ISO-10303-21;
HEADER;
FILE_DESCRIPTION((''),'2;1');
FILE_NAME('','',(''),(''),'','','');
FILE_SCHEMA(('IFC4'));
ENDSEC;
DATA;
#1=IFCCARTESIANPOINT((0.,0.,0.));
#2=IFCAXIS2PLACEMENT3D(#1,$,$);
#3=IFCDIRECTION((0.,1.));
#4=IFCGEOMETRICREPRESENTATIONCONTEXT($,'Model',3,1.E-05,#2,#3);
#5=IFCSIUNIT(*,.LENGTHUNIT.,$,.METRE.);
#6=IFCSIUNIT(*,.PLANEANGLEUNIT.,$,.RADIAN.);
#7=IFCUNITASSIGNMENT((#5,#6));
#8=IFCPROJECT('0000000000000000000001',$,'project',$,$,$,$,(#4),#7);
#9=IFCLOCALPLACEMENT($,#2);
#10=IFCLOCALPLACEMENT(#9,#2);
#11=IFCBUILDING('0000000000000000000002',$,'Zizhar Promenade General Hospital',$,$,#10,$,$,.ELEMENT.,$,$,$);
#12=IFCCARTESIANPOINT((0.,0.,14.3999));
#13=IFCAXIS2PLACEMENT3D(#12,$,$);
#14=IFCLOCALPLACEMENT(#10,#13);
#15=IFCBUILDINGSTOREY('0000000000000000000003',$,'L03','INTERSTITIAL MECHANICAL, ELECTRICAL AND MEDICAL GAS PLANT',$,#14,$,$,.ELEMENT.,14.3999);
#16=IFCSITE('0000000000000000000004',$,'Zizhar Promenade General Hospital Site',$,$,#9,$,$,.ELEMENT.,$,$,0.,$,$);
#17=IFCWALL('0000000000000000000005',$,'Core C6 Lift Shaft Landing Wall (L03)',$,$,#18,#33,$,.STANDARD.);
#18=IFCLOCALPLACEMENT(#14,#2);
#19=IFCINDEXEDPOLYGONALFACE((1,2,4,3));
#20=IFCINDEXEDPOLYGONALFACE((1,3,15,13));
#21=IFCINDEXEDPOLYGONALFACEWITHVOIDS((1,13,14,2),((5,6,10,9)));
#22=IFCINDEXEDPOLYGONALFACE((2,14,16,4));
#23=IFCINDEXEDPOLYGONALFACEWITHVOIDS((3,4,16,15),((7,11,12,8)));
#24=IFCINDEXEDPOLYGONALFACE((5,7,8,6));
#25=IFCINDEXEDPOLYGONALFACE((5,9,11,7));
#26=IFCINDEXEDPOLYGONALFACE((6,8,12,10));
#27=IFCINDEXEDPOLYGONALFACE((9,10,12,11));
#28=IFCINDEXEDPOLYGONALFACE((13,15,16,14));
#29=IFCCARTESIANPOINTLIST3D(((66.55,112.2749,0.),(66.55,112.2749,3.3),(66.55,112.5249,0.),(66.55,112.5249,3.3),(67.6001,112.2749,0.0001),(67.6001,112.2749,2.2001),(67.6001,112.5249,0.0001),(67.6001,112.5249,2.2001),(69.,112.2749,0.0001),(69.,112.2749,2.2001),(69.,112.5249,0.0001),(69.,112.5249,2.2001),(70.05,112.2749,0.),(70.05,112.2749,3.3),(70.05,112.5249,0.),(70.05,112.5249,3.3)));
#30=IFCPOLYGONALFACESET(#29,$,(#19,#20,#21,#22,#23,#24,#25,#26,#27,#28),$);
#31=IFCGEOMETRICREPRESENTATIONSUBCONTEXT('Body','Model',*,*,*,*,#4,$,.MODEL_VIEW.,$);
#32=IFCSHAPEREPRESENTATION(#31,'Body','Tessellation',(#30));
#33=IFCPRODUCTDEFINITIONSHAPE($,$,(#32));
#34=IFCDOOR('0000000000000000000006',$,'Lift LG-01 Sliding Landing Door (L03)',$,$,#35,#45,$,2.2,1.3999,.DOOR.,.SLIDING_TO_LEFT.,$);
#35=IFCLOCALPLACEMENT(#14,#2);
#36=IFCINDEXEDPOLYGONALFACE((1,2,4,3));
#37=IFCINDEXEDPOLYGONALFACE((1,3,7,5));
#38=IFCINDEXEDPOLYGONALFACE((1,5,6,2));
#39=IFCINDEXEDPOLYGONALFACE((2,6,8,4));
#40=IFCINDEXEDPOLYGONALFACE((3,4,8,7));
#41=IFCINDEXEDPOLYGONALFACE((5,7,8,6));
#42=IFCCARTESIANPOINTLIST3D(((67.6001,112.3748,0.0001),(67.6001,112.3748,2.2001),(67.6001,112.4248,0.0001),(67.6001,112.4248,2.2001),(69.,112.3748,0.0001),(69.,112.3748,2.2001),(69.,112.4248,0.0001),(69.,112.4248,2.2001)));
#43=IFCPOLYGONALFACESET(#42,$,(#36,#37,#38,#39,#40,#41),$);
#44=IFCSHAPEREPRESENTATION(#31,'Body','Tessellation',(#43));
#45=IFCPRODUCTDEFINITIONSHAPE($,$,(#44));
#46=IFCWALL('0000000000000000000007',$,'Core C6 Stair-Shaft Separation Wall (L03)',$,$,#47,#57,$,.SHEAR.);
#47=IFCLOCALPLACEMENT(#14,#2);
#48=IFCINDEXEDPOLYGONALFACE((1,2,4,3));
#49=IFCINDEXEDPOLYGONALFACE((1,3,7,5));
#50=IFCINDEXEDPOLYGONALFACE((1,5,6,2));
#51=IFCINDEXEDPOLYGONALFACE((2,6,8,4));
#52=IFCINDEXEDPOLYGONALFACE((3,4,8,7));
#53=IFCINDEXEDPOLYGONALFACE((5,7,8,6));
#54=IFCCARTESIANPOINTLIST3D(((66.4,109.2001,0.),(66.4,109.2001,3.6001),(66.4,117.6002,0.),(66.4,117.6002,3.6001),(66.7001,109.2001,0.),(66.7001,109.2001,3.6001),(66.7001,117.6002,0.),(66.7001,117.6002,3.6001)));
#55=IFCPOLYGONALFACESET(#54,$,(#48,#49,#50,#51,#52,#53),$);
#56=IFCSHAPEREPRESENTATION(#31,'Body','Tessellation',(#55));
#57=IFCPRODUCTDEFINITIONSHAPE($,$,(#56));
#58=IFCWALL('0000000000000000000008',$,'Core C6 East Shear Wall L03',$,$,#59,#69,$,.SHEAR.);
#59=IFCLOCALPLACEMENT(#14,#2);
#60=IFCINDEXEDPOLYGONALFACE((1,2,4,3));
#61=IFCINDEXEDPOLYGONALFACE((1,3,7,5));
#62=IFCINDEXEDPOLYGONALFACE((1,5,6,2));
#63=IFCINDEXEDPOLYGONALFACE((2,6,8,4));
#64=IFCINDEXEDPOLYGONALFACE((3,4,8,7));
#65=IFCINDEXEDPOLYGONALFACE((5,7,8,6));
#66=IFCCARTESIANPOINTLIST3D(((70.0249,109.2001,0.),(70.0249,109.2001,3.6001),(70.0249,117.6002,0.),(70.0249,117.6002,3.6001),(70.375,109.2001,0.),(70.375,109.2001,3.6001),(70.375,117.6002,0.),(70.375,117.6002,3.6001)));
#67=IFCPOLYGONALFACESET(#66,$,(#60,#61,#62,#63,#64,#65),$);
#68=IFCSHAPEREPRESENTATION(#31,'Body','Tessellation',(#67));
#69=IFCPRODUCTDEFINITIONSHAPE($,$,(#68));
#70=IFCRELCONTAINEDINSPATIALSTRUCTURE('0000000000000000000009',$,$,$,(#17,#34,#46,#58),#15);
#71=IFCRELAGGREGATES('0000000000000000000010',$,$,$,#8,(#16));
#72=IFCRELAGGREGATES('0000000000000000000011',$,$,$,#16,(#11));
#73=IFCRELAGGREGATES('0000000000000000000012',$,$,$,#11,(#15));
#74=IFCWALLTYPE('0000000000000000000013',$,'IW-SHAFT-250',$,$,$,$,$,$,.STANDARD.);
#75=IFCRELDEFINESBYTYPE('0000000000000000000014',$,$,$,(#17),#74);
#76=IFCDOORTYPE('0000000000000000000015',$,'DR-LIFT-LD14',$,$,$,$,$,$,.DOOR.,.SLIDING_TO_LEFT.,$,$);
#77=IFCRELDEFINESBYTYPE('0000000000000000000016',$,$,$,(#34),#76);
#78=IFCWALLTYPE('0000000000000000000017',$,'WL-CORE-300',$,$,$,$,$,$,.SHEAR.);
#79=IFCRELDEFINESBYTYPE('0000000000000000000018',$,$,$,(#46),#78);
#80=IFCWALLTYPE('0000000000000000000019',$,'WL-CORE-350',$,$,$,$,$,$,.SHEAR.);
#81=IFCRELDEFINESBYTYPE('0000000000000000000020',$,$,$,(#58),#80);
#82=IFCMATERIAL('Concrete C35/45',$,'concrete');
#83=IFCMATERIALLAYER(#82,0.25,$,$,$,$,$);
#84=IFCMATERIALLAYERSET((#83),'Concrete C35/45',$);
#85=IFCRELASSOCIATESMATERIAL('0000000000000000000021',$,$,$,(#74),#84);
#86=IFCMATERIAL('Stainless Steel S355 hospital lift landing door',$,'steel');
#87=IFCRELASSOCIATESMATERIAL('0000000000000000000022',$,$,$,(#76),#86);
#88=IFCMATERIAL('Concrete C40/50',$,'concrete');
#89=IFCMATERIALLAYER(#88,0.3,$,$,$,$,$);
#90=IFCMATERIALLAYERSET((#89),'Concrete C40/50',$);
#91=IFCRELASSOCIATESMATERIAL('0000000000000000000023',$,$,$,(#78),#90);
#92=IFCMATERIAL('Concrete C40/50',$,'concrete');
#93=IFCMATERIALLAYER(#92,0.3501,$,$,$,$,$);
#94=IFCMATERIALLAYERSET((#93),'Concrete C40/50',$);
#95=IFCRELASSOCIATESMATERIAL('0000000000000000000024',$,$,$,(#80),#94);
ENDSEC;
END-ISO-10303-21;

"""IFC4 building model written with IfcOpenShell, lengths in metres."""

from ifc_helpers import new_model, si_unit, direction, frame, frame_2d, origin, place, context, subcontext, project, spatial, rectangle, extrude, material, layer, layer_set, type_object, element, fill, save


model = new_model("IFC4")

# Units and contexts
model_context = context("Model", 3, precision=1e-05, world=origin(), true_north=direction((0.0, 1.0)))
body_context = subcontext(model_context, "Body", "Model", "MODEL_VIEW")
ifc_project = project(units=[si_unit("LENGTHUNIT", "METRE"), si_unit("PLANEANGLEUNIT", "RADIAN")], contexts=[model_context])

# Site, building, storey
site_placement = place(None, origin())
site = spatial("IfcSite", under=ifc_project, at=site_placement, Name="Zizhar Promenade General Hospital Site", CompositionType="ELEMENT", RefElevation=0.0)
building_placement = place(site_placement, origin())
building = spatial("IfcBuilding", under=site, at=building_placement, Name="Zizhar Promenade General Hospital", CompositionType="ELEMENT")
storey_placement = place(building_placement, frame((0.0, 0.0, 14.3999)))
storey = spatial("IfcBuildingStorey", under=building, at=storey_placement, Name="L03", Description="INTERSTITIAL MECHANICAL, ELECTRICAL AND MEDICAL GAS PLANT", CompositionType="ELEMENT", Elevation=14.3999)

# Wall, opening, door
ifc_material_1 = material(Name="Concrete C35/45", Category="concrete")
ifc_layer_1 = layer(ifc_material_1, 0.25)
ifc_layer_set_1 = layer_set([ifc_layer_1], Name="Concrete C35/45")
wall_type_1 = type_object("IfcWallType", Name="IW-SHAFT-250", PredefinedType="STANDARD", material=ifc_layer_set_1)
wall_1_placement = place(storey_placement, frame((66.55, 112.3999, 0.0), z_axis=(0.0, 0.0, 1.0), x_axis=(1.0, 0.0, 0.0)))
wall_1 = element("IfcWall", 1, at=wall_1_placement, inside=storey, type_object=wall_type_1, Name="Core C6 Lift Shaft Landing Wall (L03)", PredefinedType="STANDARD", context=body_context, shape_type="SweptSolid", body=[
    extrude(rectangle(XDim=3.5, YDim=0.25, at=frame_2d((1.75, 0.0))), origin(), (0.0, 0.0, 1.0), 3.3),
])
opening_1_placement = place(wall_1_placement, frame((1.05, 0.0, 0.0)))
opening_1 = element("IfcOpeningElement", 2, at=opening_1_placement, cuts=wall_1, PredefinedType="OPENING", context=body_context, shape_type="SweptSolid", body=[
    extrude(rectangle(XDim=1.3999, YDim=2.2, at=frame_2d((0.7, 1.1001))), frame((0.0, 0.135, 0.0), z_axis=(0.0, -1.0, 0.0), x_axis=(1.0, 0.0, 0.0)), (0.0, 0.0, 1.0), 0.27),
])
ifc_material_2 = material(Name="Stainless Steel S355 hospital lift landing door", Category="steel")
door_type_1 = type_object("IfcDoorType", Name="DR-LIFT-LD14", OperationType="SLIDING_TO_LEFT", PredefinedType="DOOR", material=ifc_material_2)
door_1_placement = place(opening_1_placement, origin())
door_1 = element("IfcDoor", 3, at=door_1_placement, inside=storey, type_object=door_type_1, Name="Lift LG-01 Sliding Landing Door (L03)", OperationType="SLIDING_TO_LEFT", OverallHeight=2.2, OverallWidth=1.3999, PredefinedType="DOOR", context=body_context, shape_type="SweptSolid", body=[
    extrude(rectangle(XDim=1.3999, YDim=2.2, at=frame_2d((0.7, 1.1001))), frame((0.0, 0.0249, 0.0), z_axis=(0.0, -1.0, 0.0), x_axis=(1.0, 0.0, 0.0)), (0.0, 0.0, 1.0), 0.05),
])
fill(opening_1, door_1)

# Walls
ifc_material_3 = material(Name="Concrete C40/50", Category="concrete")
ifc_layer_2 = layer(ifc_material_3, 0.3)
ifc_layer_set_2 = layer_set([ifc_layer_2], Name="Concrete C40/50")
wall_type_2 = type_object("IfcWallType", Name="WL-CORE-300", PredefinedType="SHEAR", material=ifc_layer_set_2)
wall_2_placement = place(storey_placement, frame((66.55, 109.2, 0.0), z_axis=(0.0, 0.0, 1.0), x_axis=(0.0, 1.0, 0.0)))
element("IfcWall", 4, at=wall_2_placement, inside=storey, type_object=wall_type_2, Name="Core C6 Stair-Shaft Separation Wall (L03)", PredefinedType="SHEAR", context=body_context, shape_type="SweptSolid", body=[
    extrude(rectangle(XDim=8.4001, YDim=0.3, at=frame_2d((4.2002, 0.0))), origin(), (0.0, 0.0, 1.0), 3.6001),
])
ifc_material_4 = material(Name="Concrete C40/50", Category="concrete")
ifc_layer_3 = layer(ifc_material_4, 0.3501)
ifc_layer_set_3 = layer_set([ifc_layer_3], Name="Concrete C40/50")
wall_type_3 = type_object("IfcWallType", Name="WL-CORE-350", PredefinedType="SHEAR", material=ifc_layer_set_3)
wall_3_placement = place(storey_placement, frame((70.2, 109.2, 0.0), z_axis=(0.0, 0.0, 1.0), x_axis=(0.0, 1.0, 0.0)))
element("IfcWall", 5, at=wall_3_placement, inside=storey, type_object=wall_type_3, Name="Core C6 East Shear Wall L03", PredefinedType="SHEAR", context=body_context, shape_type="SweptSolid", body=[
    extrude(rectangle(XDim=8.4001, YDim=0.3501, at=frame_2d((4.2002, 0.0))), origin(), (0.0, 0.0, 1.0), 3.6001),
])

save(model, "model.ifc")
